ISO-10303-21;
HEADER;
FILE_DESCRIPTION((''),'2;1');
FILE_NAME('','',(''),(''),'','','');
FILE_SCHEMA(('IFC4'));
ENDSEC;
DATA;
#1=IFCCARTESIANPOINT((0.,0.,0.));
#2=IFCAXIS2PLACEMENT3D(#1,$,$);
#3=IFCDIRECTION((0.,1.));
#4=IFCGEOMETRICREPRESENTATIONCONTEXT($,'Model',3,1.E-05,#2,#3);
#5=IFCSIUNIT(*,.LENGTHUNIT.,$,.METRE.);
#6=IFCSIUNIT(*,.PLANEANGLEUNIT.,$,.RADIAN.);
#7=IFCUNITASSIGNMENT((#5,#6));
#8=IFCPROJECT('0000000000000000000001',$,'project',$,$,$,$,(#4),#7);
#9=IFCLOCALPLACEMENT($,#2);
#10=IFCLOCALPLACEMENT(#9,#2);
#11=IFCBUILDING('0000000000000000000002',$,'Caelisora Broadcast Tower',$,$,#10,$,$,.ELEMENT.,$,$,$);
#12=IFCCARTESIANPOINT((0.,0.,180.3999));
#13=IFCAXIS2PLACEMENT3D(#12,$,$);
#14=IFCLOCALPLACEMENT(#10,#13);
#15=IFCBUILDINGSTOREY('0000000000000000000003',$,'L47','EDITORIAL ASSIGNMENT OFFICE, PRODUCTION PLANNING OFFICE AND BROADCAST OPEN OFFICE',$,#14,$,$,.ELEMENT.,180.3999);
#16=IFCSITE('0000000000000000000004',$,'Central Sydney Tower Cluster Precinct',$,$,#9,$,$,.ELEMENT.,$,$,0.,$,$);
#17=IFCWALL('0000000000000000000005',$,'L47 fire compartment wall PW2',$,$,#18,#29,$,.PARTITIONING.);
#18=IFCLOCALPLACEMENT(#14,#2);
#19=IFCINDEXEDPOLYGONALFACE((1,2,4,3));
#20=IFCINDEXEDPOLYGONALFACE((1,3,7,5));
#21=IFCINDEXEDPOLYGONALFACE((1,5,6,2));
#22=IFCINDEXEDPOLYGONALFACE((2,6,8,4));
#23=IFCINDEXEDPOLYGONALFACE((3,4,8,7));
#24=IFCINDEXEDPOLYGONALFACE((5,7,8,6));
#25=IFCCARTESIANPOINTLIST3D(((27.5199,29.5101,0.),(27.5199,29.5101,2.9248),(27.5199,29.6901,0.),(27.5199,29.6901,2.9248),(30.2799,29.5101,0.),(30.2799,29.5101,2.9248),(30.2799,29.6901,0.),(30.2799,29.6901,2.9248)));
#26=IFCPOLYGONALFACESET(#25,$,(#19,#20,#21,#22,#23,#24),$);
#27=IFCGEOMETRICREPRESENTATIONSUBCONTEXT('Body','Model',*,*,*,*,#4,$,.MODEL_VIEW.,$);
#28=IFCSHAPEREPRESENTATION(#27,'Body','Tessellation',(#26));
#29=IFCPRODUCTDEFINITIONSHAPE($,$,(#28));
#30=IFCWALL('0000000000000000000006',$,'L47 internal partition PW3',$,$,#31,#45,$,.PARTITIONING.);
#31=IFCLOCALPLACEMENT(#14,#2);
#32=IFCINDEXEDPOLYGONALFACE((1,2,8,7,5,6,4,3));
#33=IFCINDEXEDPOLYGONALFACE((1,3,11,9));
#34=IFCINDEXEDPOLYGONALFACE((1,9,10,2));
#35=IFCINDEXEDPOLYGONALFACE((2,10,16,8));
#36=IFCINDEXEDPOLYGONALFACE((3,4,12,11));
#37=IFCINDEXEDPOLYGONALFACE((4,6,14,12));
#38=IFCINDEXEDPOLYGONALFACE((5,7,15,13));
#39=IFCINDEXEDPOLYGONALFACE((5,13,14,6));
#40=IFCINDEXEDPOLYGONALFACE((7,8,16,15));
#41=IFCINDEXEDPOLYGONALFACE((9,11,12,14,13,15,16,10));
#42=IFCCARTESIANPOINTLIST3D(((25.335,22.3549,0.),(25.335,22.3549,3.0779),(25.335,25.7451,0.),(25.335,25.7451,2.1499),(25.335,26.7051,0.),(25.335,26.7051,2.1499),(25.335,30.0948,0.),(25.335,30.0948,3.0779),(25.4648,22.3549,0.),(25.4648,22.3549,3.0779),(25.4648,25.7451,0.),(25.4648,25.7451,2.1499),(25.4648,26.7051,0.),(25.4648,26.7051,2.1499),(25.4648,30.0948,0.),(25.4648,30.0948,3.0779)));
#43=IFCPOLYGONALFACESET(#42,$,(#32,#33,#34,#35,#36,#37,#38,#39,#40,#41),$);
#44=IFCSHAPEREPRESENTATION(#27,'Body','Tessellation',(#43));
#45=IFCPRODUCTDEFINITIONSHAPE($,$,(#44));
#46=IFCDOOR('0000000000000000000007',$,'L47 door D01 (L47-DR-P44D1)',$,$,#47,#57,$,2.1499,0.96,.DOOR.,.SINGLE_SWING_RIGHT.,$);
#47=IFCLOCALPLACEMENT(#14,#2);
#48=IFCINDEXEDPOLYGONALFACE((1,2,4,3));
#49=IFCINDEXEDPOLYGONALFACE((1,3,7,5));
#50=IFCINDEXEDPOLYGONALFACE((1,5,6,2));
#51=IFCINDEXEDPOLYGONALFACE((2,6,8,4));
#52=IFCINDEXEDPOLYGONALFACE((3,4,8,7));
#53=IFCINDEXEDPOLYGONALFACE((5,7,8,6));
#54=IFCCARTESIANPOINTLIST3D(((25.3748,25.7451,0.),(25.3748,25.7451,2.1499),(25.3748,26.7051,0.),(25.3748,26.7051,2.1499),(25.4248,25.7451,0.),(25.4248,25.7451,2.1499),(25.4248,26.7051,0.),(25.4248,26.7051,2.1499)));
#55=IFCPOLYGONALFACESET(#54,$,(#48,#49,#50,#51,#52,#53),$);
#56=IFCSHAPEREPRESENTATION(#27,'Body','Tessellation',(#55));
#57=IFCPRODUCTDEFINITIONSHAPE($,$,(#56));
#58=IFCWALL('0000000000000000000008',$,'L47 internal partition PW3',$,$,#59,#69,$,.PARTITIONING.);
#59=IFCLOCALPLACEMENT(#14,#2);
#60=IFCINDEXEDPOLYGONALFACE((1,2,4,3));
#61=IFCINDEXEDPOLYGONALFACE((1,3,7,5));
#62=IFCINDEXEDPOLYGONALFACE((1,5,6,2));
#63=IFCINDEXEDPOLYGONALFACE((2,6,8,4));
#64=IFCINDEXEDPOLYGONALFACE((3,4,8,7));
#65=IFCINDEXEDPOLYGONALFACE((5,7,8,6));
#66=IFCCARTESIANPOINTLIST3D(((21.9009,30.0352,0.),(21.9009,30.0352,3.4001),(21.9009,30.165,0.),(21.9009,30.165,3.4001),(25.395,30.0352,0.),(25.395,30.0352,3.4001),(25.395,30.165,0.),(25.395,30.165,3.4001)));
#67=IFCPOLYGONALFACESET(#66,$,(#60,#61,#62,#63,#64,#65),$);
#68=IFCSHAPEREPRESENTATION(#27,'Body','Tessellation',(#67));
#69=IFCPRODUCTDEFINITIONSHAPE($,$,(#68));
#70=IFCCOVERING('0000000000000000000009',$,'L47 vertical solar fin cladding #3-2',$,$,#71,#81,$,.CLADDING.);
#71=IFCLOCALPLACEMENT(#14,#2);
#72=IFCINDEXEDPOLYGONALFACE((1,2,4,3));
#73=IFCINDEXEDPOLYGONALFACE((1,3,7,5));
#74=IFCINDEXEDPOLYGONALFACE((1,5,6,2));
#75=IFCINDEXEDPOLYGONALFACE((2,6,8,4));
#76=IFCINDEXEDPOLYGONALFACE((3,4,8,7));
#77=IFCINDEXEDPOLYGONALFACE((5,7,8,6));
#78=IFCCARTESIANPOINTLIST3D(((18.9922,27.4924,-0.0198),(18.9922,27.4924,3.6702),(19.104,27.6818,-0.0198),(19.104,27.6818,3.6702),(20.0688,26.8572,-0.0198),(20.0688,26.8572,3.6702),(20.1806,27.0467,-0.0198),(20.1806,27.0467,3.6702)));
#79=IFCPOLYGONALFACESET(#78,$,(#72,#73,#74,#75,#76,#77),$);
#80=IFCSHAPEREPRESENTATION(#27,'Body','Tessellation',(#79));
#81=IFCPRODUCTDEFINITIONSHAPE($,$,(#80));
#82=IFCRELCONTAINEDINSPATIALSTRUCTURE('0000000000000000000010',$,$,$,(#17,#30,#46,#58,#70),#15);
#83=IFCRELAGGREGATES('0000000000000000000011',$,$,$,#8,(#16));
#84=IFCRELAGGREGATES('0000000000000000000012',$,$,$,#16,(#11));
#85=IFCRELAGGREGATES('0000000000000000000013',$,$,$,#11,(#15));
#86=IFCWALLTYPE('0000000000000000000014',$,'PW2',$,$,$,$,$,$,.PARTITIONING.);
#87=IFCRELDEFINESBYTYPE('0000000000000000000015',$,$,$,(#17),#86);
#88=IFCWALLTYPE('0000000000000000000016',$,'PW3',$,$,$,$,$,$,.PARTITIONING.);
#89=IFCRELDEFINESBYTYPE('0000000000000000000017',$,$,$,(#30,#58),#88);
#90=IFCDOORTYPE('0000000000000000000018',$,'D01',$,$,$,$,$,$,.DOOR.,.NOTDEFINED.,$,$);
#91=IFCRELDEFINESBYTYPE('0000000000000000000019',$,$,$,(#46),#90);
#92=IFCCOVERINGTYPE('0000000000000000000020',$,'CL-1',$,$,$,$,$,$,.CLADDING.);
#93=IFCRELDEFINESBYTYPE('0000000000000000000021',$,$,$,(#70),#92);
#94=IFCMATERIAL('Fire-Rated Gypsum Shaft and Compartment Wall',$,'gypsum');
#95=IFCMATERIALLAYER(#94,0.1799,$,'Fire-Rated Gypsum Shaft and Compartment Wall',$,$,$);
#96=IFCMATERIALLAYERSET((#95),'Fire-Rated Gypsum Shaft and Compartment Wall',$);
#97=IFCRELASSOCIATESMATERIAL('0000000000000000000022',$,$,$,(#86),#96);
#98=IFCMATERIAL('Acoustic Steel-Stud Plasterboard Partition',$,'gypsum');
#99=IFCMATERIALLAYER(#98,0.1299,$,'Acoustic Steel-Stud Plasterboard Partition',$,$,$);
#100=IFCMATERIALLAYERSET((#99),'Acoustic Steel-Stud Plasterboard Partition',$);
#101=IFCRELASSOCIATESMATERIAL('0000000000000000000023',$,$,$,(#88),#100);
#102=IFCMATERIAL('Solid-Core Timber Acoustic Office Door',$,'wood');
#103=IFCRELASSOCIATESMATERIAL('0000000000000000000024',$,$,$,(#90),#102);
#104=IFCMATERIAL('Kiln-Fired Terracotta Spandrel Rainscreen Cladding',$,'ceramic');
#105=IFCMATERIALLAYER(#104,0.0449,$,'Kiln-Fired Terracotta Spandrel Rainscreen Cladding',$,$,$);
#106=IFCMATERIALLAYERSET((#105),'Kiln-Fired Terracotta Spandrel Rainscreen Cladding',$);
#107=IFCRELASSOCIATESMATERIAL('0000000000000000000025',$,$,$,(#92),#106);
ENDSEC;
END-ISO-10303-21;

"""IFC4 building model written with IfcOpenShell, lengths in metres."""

from ifc_helpers import new_model, si_unit, direction, frame, frame_2d, origin, origin_2d, place, context, subcontext, project, spatial, rectangle, extrude, source, transform, mapped, material, layer, layer_set, type_object, type_shapes, element, fill, save


model = new_model("IFC4")

# Units and contexts
model_context = context("Model", 3, precision=1e-05, world=origin(), true_north=direction((0.0, 1.0)))
body_context = subcontext(model_context, "Body", "Model", "MODEL_VIEW")
ifc_project = project(units=[si_unit("LENGTHUNIT", "METRE"), si_unit("PLANEANGLEUNIT", "RADIAN")], contexts=[model_context])

# Site, building, storey
site_placement = place(None, origin())
site = spatial("IfcSite", under=ifc_project, at=site_placement, Name="Central Sydney Tower Cluster Precinct", CompositionType="ELEMENT", RefElevation=0.0)
building_placement = place(site_placement, origin())
building = spatial("IfcBuilding", under=site, at=building_placement, Name="Caelisora Broadcast Tower", CompositionType="ELEMENT")
storey_placement = place(building_placement, frame((0.0, 0.0, 180.3999)))
storey = spatial("IfcBuildingStorey", under=building, at=storey_placement, Name="L47", Description="EDITORIAL ASSIGNMENT OFFICE, PRODUCTION PLANNING OFFICE AND BROADCAST OPEN OFFICE", CompositionType="ELEMENT", Elevation=180.3999)

# Shared definitions
ifc_material_1 = material(Name="Fire-Rated Gypsum Shaft and Compartment Wall", Category="gypsum")
ifc_layer_1 = layer(ifc_material_1, 0.1799, Name="Fire-Rated Gypsum Shaft and Compartment Wall")
ifc_layer_set_1 = layer_set([ifc_layer_1], Name="Fire-Rated Gypsum Shaft and Compartment Wall")
wall_type_1 = type_object("IfcWallType", Name="PW2", PredefinedType="PARTITIONING", material=ifc_layer_set_1)

# Wall
wall_1_placement = place(storey_placement, frame((27.52, 29.6001, 0.0), z_axis=(0.0, 0.0, 1.0), x_axis=(1.0, 0.0, 0.0)))
element("IfcWall", 1, at=wall_1_placement, inside=storey, type_object=wall_type_1, Name="L47 fire compartment wall PW2", PredefinedType="PARTITIONING", context=body_context, shape_type="SweptSolid", body=[
    extrude(rectangle(XDim=2.76, YDim=0.1799, at=frame_2d((1.3799, 0.0))), origin(), (0.0, 0.0, 1.0), 2.9248),
])

# Wall, opening, door
ifc_material_2 = material(Name="Acoustic Steel-Stud Plasterboard Partition", Category="gypsum")
ifc_layer_2 = layer(ifc_material_2, 0.1299, Name="Acoustic Steel-Stud Plasterboard Partition")
ifc_layer_set_2 = layer_set([ifc_layer_2], Name="Acoustic Steel-Stud Plasterboard Partition")
wall_type_2 = type_object("IfcWallType", Name="PW3", PredefinedType="PARTITIONING", material=ifc_layer_set_2)
wall_2_placement = place(storey_placement, frame((25.3999, 30.095, 0.0), z_axis=(0.0, 0.0, 1.0), x_axis=(0.0, -1.0, 0.0)))
wall_2 = element("IfcWall", 2, at=wall_2_placement, inside=storey, type_object=wall_type_2, Name="L47 internal partition PW3", PredefinedType="PARTITIONING", context=body_context, shape_type="SweptSolid", body=[
    extrude(rectangle(XDim=7.74, YDim=0.1299, at=frame_2d((3.8701, 0.0))), origin(), (0.0, 0.0, 1.0), 3.0779),
])
opening_1_placement = place(wall_2_placement, frame((3.3899, 0.0, 0.0)))
opening_1 = element("IfcOpeningElement", 3, at=opening_1_placement, cuts=wall_2, PredefinedType="OPENING", context=body_context, shape_type="SweptSolid", body=[
    extrude(rectangle(XDim=0.96, YDim=2.1499, at=frame_2d((0.48, 1.075))), frame((0.0, 0.0769, 0.0), z_axis=(0.0, -1.0, 0.0), x_axis=(1.0, 0.0, 0.0)), (0.0, 0.0, 1.0), 0.1538),
])
ifc_material_3 = material(Name="Solid-Core Timber Acoustic Office Door", Category="wood")
door_type_1 = type_object("IfcDoorType", Name="D01", OperationType="NOTDEFINED", PredefinedType="DOOR", material=ifc_material_3)
door_1_placement = place(opening_1_placement, origin())
door_1 = element("IfcDoor", 4, at=door_1_placement, inside=storey, type_object=door_type_1, Name="L47 door D01 (L47-DR-P44D1)", OperationType="SINGLE_SWING_RIGHT", OverallHeight=2.1499, OverallWidth=0.96, PredefinedType="DOOR", context=body_context, shape_type="SweptSolid", body=[
    extrude(rectangle(XDim=0.96, YDim=2.1499, at=frame_2d((0.48, 1.075))), frame((0.0, 0.0249, 0.0), z_axis=(0.0, -1.0, 0.0), x_axis=(1.0, 0.0, 0.0)), (0.0, 0.0, 1.0), 0.05),
])
fill(opening_1, door_1)

# Wall
wall_3_placement = place(storey_placement, frame((21.9009, 30.1001, 0.0), z_axis=(0.0, 0.0, 1.0), x_axis=(1.0, 0.0, 0.0)))
element("IfcWall", 5, at=wall_3_placement, inside=storey, type_object=wall_type_2, Name="L47 internal partition PW3", PredefinedType="PARTITIONING", context=body_context, shape_type="SweptSolid", body=[
    extrude(rectangle(XDim=3.4941, YDim=0.1299, at=frame_2d((1.7471, 0.0))), origin(), (0.0, 0.0, 1.0), 3.4001),
])

# Covering
ifc_material_4 = material(Name="Kiln-Fired Terracotta Spandrel Rainscreen Cladding", Category="ceramic")
ifc_layer_3 = layer(ifc_material_4, 0.0449, Name="Kiln-Fired Terracotta Spandrel Rainscreen Cladding")
ifc_layer_set_3 = layer_set([ifc_layer_3], Name="Kiln-Fired Terracotta Spandrel Rainscreen Cladding")
covering_type = type_object("IfcCoveringType", Name="CL-1", PredefinedType="CLADDING", material=ifc_layer_set_3)
shared_shape_1 = source(origin(), body_context, "Body", "SweptSolid", [
    extrude(rectangle(XDim=0.22, YDim=1.25, at=origin_2d()), origin(), (0.0, 0.0, 1.0), 3.6899),
])
type_shapes(covering_type, [shared_shape_1])
covering_placement = place(storey_placement, frame((19.5864, 27.2695, -0.0198), z_axis=(0.0, 0.0, 1.0), x_axis=(0.50814, 0.861275, 0.0)))
element("IfcCovering", 6, at=covering_placement, inside=storey, type_object=covering_type, Name="L47 vertical solar fin cladding #3-2", PredefinedType="CLADDING", context=body_context, shape_type="MappedRepresentation", body=[
    mapped(shared_shape_1, transform((0.0, 0.0, 0.0), scale=1.0)),
])

save(model, "model.ifc")
